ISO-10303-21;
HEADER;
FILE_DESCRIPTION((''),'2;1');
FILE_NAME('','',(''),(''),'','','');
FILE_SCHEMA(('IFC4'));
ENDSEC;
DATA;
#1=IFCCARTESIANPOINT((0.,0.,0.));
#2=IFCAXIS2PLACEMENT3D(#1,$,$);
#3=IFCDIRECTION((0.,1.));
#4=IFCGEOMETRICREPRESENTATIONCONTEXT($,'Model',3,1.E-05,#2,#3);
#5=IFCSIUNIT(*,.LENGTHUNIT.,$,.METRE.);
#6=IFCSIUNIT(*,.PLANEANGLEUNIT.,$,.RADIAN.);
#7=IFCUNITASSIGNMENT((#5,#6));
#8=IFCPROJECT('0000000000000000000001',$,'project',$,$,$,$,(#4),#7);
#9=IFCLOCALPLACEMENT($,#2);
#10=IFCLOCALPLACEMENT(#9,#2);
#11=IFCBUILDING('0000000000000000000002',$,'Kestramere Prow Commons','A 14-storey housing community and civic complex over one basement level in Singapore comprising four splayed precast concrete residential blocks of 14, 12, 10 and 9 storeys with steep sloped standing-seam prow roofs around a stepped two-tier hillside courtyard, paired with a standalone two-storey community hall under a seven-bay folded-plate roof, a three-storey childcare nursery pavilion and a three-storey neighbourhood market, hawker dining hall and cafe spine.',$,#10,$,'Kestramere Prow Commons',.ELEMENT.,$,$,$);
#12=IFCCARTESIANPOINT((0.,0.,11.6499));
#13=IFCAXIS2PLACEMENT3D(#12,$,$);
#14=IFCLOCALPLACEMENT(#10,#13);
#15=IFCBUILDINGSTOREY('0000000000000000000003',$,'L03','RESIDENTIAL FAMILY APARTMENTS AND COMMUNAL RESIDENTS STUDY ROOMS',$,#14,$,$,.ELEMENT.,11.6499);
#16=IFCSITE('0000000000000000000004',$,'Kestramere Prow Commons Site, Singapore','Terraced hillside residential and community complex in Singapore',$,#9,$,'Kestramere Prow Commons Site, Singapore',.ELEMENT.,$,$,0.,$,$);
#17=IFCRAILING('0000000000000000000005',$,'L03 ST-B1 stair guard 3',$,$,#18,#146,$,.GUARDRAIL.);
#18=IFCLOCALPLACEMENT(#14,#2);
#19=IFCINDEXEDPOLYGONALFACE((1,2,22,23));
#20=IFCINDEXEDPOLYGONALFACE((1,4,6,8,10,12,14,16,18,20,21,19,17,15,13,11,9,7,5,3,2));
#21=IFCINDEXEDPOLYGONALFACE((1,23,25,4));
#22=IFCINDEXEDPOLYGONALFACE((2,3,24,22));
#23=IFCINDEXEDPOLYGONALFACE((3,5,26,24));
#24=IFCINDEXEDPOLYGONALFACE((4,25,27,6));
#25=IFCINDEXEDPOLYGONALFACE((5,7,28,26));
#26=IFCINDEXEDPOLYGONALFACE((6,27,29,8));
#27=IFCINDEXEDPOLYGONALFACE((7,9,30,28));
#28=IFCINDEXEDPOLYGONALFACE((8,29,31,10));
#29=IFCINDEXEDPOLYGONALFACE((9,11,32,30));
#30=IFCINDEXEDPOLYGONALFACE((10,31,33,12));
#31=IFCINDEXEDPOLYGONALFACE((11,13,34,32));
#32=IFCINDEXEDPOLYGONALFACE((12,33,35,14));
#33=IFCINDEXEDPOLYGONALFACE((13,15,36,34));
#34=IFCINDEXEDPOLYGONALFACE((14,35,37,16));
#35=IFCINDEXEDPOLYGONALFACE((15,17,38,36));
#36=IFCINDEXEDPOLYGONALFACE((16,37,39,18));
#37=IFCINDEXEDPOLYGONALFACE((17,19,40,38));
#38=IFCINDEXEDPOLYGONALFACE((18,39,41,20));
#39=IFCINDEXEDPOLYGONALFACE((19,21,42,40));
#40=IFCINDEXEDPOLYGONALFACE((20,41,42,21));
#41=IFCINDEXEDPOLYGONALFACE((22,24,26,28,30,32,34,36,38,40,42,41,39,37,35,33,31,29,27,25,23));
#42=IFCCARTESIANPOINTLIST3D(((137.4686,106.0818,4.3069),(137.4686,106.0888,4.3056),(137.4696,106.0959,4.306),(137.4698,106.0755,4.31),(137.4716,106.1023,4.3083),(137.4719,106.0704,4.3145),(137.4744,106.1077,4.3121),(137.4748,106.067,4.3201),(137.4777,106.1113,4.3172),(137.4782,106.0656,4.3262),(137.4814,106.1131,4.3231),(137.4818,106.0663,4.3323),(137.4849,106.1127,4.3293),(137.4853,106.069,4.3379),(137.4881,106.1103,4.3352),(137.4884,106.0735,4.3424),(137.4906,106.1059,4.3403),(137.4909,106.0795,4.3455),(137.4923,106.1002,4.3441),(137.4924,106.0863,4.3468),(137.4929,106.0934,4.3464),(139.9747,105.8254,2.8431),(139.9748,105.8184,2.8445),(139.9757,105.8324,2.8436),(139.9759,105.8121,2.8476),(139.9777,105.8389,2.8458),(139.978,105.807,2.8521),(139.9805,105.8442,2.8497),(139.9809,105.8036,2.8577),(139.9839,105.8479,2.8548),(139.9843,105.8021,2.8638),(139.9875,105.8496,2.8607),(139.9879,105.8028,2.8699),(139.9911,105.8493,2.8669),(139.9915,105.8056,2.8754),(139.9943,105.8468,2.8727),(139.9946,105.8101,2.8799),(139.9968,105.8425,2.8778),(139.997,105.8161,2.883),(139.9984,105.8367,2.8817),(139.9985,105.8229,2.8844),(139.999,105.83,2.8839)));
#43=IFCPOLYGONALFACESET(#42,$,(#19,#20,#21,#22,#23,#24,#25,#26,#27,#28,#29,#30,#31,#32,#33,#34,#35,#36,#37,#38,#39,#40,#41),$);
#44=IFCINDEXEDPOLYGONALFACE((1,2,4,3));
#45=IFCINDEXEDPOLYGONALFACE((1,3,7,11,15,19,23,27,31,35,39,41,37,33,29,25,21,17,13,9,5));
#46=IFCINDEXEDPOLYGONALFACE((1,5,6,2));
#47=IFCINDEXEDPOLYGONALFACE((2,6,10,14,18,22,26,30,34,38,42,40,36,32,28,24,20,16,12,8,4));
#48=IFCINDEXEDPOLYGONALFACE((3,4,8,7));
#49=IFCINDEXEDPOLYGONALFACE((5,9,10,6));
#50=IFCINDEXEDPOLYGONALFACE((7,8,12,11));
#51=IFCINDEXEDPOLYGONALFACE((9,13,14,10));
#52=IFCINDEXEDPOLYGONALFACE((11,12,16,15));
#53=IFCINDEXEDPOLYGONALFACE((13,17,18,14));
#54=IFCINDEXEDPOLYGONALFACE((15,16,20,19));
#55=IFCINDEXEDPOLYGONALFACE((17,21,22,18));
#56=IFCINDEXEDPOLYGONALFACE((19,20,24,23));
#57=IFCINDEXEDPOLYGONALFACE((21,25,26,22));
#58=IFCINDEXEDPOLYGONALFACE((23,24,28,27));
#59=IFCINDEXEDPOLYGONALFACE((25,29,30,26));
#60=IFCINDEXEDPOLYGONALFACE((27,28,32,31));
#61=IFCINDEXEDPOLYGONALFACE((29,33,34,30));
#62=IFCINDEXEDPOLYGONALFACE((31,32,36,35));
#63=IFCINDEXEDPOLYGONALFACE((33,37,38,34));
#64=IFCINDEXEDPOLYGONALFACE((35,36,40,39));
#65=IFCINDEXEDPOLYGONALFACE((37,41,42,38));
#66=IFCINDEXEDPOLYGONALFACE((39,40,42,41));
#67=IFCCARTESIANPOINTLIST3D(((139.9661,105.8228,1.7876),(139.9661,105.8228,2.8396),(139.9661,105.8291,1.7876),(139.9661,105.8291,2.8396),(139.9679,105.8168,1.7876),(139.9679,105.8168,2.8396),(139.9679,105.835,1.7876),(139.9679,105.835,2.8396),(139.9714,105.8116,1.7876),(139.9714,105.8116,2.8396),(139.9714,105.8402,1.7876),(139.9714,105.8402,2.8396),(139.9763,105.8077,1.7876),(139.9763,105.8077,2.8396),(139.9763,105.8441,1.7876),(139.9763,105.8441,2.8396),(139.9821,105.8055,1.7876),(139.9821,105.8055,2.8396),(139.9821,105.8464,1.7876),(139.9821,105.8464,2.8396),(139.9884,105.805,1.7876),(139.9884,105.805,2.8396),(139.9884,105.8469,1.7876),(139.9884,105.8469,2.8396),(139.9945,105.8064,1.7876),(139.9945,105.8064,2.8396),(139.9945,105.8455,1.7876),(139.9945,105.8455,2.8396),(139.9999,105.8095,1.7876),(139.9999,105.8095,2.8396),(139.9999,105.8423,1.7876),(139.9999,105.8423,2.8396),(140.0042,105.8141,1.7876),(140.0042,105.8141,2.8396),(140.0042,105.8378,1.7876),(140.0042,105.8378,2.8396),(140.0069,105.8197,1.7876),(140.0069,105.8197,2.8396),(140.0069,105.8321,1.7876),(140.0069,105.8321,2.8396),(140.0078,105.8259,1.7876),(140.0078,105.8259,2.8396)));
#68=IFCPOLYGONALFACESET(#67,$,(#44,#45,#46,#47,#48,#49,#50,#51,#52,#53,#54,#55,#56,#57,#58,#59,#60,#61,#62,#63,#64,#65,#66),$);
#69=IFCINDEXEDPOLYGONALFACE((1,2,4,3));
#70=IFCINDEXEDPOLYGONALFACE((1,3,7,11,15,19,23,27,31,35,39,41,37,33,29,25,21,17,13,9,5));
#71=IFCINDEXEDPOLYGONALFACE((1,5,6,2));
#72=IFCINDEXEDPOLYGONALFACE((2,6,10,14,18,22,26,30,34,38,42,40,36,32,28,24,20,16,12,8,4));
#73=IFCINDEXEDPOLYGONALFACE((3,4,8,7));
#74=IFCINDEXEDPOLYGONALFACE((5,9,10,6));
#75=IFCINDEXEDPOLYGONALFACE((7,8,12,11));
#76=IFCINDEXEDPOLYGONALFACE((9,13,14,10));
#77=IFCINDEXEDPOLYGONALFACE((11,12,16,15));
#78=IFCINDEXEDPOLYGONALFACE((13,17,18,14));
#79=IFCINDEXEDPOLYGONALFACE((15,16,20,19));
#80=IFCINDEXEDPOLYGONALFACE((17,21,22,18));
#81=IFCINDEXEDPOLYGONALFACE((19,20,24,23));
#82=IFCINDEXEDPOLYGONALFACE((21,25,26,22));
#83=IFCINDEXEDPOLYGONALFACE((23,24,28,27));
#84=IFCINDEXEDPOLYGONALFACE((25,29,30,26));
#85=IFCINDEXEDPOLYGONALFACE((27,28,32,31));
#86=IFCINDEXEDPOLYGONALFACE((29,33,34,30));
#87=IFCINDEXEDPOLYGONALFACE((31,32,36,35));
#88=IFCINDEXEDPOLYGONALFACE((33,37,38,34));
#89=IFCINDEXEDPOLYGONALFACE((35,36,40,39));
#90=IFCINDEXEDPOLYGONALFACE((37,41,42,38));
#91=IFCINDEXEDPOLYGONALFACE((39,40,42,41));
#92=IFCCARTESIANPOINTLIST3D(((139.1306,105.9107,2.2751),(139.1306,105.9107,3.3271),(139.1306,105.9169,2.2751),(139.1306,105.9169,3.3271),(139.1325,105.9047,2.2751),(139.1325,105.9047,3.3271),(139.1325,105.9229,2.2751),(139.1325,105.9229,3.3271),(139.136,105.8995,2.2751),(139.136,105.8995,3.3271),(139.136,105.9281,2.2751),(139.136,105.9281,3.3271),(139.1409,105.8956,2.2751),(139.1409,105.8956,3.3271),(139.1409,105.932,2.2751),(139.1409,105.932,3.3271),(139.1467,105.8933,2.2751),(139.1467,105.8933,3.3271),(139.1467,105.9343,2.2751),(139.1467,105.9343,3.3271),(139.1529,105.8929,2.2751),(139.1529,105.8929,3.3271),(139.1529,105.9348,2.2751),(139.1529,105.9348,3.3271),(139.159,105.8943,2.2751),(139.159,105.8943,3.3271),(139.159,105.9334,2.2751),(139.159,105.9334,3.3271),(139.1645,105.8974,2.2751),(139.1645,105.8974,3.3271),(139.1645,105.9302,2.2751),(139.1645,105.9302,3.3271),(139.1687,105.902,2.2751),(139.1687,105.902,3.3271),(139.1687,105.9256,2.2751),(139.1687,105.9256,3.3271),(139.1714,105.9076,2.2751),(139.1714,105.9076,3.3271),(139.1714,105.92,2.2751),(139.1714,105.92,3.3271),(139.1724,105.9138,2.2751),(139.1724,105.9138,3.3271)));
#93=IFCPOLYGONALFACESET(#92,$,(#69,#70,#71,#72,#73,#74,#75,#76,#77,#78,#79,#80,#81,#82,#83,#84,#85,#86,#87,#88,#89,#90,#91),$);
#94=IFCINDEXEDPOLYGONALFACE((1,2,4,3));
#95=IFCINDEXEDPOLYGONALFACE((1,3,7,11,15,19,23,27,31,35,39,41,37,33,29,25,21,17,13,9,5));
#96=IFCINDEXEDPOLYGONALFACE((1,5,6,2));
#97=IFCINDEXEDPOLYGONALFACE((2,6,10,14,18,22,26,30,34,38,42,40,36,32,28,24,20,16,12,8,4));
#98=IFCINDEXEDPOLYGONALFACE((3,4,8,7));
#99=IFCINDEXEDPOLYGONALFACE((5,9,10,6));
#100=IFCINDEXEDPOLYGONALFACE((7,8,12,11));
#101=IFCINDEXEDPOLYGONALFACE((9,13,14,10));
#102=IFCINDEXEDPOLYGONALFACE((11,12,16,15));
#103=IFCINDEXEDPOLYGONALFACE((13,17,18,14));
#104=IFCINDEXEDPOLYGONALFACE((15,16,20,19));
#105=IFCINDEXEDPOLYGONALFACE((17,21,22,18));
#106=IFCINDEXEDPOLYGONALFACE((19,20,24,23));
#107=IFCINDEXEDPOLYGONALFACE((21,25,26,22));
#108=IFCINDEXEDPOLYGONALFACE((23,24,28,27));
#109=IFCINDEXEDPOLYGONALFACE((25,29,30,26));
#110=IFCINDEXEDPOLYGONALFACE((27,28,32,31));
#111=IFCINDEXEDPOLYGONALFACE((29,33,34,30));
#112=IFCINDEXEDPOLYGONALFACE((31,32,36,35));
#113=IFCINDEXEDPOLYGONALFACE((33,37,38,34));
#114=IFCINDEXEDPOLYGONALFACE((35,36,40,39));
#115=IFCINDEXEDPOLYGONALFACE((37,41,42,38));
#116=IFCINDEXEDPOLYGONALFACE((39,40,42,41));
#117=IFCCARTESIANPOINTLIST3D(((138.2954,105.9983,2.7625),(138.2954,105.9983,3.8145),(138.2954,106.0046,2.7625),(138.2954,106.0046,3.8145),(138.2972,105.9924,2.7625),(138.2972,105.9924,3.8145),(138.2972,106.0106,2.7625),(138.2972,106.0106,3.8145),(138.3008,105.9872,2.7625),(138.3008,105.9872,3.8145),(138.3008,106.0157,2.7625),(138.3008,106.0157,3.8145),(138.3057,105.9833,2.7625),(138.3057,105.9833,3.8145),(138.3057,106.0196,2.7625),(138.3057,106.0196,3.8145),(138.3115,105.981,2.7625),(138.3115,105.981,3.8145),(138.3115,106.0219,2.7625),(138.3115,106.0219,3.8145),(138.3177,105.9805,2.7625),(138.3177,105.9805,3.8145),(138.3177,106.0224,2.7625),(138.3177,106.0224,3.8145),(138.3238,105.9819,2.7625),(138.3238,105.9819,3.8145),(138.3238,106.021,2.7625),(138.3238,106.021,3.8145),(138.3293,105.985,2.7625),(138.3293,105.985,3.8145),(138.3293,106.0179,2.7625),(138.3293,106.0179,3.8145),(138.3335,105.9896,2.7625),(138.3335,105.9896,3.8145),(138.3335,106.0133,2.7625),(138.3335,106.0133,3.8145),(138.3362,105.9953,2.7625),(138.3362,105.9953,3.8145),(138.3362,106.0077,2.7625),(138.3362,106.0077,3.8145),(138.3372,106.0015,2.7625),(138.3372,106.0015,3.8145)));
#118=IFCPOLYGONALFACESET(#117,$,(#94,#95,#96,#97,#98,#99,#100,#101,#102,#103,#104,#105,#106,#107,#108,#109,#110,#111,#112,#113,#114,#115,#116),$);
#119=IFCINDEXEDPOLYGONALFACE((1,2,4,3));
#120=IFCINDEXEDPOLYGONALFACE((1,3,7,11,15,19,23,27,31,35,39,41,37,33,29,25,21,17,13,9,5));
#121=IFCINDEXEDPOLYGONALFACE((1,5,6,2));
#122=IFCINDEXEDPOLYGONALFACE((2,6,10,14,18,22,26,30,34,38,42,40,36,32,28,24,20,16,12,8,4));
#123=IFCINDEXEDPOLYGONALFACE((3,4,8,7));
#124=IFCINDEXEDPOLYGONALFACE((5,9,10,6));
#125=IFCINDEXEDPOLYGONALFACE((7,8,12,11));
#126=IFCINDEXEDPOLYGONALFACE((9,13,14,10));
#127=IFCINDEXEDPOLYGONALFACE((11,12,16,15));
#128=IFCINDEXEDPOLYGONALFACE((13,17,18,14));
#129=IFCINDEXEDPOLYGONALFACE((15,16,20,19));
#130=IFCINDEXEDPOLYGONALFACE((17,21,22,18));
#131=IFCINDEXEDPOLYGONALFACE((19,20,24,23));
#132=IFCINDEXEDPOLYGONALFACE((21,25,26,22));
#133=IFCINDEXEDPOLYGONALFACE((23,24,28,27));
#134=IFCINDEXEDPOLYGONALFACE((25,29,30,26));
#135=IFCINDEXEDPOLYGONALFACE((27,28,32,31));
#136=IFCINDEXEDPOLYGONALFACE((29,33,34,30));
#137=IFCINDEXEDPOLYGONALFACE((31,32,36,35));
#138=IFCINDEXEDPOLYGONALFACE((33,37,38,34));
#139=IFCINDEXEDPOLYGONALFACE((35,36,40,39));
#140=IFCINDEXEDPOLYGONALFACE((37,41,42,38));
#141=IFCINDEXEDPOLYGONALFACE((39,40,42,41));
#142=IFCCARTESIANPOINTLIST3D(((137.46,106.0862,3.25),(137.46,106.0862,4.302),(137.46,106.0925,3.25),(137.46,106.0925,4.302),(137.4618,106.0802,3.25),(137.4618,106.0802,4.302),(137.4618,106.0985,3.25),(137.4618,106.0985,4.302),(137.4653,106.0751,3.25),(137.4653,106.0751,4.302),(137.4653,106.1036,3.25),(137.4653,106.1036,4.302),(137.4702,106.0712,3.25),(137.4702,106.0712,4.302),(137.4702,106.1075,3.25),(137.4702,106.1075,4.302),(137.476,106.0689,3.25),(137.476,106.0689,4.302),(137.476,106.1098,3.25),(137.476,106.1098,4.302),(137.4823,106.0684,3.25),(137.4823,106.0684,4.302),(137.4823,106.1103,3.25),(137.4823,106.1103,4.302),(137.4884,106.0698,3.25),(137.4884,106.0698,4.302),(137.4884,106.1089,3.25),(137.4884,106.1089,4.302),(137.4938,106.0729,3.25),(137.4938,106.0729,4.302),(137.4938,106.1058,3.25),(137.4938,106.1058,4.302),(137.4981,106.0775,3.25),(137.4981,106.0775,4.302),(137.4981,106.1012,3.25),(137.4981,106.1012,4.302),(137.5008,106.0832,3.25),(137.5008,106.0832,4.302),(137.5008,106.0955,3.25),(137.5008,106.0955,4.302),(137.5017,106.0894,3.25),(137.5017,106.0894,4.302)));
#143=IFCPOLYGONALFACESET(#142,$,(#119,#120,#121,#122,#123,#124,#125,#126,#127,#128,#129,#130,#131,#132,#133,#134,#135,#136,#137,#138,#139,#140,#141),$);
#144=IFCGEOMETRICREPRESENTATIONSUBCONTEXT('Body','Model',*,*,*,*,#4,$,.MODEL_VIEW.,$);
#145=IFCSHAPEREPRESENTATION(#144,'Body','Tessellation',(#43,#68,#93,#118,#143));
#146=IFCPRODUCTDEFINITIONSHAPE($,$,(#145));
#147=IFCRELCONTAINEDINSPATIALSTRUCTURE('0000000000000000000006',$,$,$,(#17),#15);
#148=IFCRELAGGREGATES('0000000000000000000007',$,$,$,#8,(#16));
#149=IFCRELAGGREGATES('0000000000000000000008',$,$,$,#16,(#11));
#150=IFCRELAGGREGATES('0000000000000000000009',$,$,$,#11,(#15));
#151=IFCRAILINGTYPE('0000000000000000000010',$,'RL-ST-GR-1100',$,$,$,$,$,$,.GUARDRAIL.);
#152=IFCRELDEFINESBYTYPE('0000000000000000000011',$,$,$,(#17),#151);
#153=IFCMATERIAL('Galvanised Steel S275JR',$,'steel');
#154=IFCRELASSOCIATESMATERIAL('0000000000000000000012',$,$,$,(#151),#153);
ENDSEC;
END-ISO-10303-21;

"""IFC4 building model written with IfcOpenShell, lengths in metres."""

from ifc_helpers import new_model, si_unit, direction, frame, origin, origin_2d, place, context, subcontext, project, spatial, circle, extrude, material, type_object, element, save


model = new_model("IFC4")

# Units and contexts
model_context = context("Model", 3, precision=1e-05, world=origin(), true_north=direction((0.0, 1.0)))
body_context = subcontext(model_context, "Body", "Model", "MODEL_VIEW")
ifc_project = project(units=[si_unit("LENGTHUNIT", "METRE"), si_unit("PLANEANGLEUNIT", "RADIAN")], contexts=[model_context])

# Site, building, storey
site_placement = place(None, origin())
site = spatial("IfcSite", under=ifc_project, at=site_placement, Name="Kestramere Prow Commons Site, Singapore", Description="Terraced hillside residential and community complex in Singapore", LongName="Kestramere Prow Commons Site, Singapore", CompositionType="ELEMENT", RefElevation=0.0)
building_placement = place(site_placement, origin())
building = spatial("IfcBuilding", under=site, at=building_placement, Name="Kestramere Prow Commons", Description="A 14-storey housing community and civic complex over one basement level in Singapore comprising four splayed precast concrete residential blocks of 14, 12, 10 and 9 storeys with steep sloped standing-seam prow roofs around a stepped two-tier hillside courtyard, paired with a standalone two-storey community hall under a seven-bay folded-plate roof, a three-storey childcare nursery pavilion and a three-storey neighbourhood market, hawker dining hall and cafe spine.", LongName="Kestramere Prow Commons", CompositionType="ELEMENT")
storey_placement = place(building_placement, frame((0.0, 0.0, 11.6499)))
storey = spatial("IfcBuildingStorey", under=building, at=storey_placement, Name="L03", Description="RESIDENTIAL FAMILY APARTMENTS AND COMMUNAL RESIDENTS STUDY ROOMS", CompositionType="ELEMENT", Elevation=11.6499)

# Railing
ifc_material_1 = material(Name="Galvanised Steel S275JR", Category="steel")
railing_type_1 = type_object("IfcRailingType", Name="RL-ST-GR-1100", PredefinedType="GUARDRAIL", material=ifc_material_1)
railing_1_placement = place(storey_placement, frame((139.9868, 105.8259, 1.7876)))
element("IfcRailing", 1, at=railing_1_placement, inside=storey, type_object=railing_type_1, Name="L03 ST-B1 stair guard 3", PredefinedType="GUARDRAIL", context=body_context, shape_type="SweptSolid", body=[
    extrude(circle(Radius=0.0239, at=origin_2d()), frame((0.0, 0.0, 1.0762), z_axis=(-0.860165, 0.090416, 0.501937), x_axis=(-0.104539, -0.994521, 0.0)), (0.0, 0.0, 1.0), 2.9136),
    extrude(circle(Radius=0.021, at=origin_2d()), origin(), (0.0, 0.0, 1.0), 1.052),
    extrude(circle(Radius=0.021, at=origin_2d()), frame((-0.8354, 0.0879, 0.4875)), (0.0, 0.0, 1.0), 1.052),
    extrude(circle(Radius=0.021, at=origin_2d()), frame((-1.6707, 0.1755, 0.9749)), (0.0, 0.0, 1.0), 1.052),
    extrude(circle(Radius=0.021, at=origin_2d()), frame((-2.5061, 0.2634, 1.4624)), (0.0, 0.0, 1.0), 1.052),
])

save(model, "model.ifc")
